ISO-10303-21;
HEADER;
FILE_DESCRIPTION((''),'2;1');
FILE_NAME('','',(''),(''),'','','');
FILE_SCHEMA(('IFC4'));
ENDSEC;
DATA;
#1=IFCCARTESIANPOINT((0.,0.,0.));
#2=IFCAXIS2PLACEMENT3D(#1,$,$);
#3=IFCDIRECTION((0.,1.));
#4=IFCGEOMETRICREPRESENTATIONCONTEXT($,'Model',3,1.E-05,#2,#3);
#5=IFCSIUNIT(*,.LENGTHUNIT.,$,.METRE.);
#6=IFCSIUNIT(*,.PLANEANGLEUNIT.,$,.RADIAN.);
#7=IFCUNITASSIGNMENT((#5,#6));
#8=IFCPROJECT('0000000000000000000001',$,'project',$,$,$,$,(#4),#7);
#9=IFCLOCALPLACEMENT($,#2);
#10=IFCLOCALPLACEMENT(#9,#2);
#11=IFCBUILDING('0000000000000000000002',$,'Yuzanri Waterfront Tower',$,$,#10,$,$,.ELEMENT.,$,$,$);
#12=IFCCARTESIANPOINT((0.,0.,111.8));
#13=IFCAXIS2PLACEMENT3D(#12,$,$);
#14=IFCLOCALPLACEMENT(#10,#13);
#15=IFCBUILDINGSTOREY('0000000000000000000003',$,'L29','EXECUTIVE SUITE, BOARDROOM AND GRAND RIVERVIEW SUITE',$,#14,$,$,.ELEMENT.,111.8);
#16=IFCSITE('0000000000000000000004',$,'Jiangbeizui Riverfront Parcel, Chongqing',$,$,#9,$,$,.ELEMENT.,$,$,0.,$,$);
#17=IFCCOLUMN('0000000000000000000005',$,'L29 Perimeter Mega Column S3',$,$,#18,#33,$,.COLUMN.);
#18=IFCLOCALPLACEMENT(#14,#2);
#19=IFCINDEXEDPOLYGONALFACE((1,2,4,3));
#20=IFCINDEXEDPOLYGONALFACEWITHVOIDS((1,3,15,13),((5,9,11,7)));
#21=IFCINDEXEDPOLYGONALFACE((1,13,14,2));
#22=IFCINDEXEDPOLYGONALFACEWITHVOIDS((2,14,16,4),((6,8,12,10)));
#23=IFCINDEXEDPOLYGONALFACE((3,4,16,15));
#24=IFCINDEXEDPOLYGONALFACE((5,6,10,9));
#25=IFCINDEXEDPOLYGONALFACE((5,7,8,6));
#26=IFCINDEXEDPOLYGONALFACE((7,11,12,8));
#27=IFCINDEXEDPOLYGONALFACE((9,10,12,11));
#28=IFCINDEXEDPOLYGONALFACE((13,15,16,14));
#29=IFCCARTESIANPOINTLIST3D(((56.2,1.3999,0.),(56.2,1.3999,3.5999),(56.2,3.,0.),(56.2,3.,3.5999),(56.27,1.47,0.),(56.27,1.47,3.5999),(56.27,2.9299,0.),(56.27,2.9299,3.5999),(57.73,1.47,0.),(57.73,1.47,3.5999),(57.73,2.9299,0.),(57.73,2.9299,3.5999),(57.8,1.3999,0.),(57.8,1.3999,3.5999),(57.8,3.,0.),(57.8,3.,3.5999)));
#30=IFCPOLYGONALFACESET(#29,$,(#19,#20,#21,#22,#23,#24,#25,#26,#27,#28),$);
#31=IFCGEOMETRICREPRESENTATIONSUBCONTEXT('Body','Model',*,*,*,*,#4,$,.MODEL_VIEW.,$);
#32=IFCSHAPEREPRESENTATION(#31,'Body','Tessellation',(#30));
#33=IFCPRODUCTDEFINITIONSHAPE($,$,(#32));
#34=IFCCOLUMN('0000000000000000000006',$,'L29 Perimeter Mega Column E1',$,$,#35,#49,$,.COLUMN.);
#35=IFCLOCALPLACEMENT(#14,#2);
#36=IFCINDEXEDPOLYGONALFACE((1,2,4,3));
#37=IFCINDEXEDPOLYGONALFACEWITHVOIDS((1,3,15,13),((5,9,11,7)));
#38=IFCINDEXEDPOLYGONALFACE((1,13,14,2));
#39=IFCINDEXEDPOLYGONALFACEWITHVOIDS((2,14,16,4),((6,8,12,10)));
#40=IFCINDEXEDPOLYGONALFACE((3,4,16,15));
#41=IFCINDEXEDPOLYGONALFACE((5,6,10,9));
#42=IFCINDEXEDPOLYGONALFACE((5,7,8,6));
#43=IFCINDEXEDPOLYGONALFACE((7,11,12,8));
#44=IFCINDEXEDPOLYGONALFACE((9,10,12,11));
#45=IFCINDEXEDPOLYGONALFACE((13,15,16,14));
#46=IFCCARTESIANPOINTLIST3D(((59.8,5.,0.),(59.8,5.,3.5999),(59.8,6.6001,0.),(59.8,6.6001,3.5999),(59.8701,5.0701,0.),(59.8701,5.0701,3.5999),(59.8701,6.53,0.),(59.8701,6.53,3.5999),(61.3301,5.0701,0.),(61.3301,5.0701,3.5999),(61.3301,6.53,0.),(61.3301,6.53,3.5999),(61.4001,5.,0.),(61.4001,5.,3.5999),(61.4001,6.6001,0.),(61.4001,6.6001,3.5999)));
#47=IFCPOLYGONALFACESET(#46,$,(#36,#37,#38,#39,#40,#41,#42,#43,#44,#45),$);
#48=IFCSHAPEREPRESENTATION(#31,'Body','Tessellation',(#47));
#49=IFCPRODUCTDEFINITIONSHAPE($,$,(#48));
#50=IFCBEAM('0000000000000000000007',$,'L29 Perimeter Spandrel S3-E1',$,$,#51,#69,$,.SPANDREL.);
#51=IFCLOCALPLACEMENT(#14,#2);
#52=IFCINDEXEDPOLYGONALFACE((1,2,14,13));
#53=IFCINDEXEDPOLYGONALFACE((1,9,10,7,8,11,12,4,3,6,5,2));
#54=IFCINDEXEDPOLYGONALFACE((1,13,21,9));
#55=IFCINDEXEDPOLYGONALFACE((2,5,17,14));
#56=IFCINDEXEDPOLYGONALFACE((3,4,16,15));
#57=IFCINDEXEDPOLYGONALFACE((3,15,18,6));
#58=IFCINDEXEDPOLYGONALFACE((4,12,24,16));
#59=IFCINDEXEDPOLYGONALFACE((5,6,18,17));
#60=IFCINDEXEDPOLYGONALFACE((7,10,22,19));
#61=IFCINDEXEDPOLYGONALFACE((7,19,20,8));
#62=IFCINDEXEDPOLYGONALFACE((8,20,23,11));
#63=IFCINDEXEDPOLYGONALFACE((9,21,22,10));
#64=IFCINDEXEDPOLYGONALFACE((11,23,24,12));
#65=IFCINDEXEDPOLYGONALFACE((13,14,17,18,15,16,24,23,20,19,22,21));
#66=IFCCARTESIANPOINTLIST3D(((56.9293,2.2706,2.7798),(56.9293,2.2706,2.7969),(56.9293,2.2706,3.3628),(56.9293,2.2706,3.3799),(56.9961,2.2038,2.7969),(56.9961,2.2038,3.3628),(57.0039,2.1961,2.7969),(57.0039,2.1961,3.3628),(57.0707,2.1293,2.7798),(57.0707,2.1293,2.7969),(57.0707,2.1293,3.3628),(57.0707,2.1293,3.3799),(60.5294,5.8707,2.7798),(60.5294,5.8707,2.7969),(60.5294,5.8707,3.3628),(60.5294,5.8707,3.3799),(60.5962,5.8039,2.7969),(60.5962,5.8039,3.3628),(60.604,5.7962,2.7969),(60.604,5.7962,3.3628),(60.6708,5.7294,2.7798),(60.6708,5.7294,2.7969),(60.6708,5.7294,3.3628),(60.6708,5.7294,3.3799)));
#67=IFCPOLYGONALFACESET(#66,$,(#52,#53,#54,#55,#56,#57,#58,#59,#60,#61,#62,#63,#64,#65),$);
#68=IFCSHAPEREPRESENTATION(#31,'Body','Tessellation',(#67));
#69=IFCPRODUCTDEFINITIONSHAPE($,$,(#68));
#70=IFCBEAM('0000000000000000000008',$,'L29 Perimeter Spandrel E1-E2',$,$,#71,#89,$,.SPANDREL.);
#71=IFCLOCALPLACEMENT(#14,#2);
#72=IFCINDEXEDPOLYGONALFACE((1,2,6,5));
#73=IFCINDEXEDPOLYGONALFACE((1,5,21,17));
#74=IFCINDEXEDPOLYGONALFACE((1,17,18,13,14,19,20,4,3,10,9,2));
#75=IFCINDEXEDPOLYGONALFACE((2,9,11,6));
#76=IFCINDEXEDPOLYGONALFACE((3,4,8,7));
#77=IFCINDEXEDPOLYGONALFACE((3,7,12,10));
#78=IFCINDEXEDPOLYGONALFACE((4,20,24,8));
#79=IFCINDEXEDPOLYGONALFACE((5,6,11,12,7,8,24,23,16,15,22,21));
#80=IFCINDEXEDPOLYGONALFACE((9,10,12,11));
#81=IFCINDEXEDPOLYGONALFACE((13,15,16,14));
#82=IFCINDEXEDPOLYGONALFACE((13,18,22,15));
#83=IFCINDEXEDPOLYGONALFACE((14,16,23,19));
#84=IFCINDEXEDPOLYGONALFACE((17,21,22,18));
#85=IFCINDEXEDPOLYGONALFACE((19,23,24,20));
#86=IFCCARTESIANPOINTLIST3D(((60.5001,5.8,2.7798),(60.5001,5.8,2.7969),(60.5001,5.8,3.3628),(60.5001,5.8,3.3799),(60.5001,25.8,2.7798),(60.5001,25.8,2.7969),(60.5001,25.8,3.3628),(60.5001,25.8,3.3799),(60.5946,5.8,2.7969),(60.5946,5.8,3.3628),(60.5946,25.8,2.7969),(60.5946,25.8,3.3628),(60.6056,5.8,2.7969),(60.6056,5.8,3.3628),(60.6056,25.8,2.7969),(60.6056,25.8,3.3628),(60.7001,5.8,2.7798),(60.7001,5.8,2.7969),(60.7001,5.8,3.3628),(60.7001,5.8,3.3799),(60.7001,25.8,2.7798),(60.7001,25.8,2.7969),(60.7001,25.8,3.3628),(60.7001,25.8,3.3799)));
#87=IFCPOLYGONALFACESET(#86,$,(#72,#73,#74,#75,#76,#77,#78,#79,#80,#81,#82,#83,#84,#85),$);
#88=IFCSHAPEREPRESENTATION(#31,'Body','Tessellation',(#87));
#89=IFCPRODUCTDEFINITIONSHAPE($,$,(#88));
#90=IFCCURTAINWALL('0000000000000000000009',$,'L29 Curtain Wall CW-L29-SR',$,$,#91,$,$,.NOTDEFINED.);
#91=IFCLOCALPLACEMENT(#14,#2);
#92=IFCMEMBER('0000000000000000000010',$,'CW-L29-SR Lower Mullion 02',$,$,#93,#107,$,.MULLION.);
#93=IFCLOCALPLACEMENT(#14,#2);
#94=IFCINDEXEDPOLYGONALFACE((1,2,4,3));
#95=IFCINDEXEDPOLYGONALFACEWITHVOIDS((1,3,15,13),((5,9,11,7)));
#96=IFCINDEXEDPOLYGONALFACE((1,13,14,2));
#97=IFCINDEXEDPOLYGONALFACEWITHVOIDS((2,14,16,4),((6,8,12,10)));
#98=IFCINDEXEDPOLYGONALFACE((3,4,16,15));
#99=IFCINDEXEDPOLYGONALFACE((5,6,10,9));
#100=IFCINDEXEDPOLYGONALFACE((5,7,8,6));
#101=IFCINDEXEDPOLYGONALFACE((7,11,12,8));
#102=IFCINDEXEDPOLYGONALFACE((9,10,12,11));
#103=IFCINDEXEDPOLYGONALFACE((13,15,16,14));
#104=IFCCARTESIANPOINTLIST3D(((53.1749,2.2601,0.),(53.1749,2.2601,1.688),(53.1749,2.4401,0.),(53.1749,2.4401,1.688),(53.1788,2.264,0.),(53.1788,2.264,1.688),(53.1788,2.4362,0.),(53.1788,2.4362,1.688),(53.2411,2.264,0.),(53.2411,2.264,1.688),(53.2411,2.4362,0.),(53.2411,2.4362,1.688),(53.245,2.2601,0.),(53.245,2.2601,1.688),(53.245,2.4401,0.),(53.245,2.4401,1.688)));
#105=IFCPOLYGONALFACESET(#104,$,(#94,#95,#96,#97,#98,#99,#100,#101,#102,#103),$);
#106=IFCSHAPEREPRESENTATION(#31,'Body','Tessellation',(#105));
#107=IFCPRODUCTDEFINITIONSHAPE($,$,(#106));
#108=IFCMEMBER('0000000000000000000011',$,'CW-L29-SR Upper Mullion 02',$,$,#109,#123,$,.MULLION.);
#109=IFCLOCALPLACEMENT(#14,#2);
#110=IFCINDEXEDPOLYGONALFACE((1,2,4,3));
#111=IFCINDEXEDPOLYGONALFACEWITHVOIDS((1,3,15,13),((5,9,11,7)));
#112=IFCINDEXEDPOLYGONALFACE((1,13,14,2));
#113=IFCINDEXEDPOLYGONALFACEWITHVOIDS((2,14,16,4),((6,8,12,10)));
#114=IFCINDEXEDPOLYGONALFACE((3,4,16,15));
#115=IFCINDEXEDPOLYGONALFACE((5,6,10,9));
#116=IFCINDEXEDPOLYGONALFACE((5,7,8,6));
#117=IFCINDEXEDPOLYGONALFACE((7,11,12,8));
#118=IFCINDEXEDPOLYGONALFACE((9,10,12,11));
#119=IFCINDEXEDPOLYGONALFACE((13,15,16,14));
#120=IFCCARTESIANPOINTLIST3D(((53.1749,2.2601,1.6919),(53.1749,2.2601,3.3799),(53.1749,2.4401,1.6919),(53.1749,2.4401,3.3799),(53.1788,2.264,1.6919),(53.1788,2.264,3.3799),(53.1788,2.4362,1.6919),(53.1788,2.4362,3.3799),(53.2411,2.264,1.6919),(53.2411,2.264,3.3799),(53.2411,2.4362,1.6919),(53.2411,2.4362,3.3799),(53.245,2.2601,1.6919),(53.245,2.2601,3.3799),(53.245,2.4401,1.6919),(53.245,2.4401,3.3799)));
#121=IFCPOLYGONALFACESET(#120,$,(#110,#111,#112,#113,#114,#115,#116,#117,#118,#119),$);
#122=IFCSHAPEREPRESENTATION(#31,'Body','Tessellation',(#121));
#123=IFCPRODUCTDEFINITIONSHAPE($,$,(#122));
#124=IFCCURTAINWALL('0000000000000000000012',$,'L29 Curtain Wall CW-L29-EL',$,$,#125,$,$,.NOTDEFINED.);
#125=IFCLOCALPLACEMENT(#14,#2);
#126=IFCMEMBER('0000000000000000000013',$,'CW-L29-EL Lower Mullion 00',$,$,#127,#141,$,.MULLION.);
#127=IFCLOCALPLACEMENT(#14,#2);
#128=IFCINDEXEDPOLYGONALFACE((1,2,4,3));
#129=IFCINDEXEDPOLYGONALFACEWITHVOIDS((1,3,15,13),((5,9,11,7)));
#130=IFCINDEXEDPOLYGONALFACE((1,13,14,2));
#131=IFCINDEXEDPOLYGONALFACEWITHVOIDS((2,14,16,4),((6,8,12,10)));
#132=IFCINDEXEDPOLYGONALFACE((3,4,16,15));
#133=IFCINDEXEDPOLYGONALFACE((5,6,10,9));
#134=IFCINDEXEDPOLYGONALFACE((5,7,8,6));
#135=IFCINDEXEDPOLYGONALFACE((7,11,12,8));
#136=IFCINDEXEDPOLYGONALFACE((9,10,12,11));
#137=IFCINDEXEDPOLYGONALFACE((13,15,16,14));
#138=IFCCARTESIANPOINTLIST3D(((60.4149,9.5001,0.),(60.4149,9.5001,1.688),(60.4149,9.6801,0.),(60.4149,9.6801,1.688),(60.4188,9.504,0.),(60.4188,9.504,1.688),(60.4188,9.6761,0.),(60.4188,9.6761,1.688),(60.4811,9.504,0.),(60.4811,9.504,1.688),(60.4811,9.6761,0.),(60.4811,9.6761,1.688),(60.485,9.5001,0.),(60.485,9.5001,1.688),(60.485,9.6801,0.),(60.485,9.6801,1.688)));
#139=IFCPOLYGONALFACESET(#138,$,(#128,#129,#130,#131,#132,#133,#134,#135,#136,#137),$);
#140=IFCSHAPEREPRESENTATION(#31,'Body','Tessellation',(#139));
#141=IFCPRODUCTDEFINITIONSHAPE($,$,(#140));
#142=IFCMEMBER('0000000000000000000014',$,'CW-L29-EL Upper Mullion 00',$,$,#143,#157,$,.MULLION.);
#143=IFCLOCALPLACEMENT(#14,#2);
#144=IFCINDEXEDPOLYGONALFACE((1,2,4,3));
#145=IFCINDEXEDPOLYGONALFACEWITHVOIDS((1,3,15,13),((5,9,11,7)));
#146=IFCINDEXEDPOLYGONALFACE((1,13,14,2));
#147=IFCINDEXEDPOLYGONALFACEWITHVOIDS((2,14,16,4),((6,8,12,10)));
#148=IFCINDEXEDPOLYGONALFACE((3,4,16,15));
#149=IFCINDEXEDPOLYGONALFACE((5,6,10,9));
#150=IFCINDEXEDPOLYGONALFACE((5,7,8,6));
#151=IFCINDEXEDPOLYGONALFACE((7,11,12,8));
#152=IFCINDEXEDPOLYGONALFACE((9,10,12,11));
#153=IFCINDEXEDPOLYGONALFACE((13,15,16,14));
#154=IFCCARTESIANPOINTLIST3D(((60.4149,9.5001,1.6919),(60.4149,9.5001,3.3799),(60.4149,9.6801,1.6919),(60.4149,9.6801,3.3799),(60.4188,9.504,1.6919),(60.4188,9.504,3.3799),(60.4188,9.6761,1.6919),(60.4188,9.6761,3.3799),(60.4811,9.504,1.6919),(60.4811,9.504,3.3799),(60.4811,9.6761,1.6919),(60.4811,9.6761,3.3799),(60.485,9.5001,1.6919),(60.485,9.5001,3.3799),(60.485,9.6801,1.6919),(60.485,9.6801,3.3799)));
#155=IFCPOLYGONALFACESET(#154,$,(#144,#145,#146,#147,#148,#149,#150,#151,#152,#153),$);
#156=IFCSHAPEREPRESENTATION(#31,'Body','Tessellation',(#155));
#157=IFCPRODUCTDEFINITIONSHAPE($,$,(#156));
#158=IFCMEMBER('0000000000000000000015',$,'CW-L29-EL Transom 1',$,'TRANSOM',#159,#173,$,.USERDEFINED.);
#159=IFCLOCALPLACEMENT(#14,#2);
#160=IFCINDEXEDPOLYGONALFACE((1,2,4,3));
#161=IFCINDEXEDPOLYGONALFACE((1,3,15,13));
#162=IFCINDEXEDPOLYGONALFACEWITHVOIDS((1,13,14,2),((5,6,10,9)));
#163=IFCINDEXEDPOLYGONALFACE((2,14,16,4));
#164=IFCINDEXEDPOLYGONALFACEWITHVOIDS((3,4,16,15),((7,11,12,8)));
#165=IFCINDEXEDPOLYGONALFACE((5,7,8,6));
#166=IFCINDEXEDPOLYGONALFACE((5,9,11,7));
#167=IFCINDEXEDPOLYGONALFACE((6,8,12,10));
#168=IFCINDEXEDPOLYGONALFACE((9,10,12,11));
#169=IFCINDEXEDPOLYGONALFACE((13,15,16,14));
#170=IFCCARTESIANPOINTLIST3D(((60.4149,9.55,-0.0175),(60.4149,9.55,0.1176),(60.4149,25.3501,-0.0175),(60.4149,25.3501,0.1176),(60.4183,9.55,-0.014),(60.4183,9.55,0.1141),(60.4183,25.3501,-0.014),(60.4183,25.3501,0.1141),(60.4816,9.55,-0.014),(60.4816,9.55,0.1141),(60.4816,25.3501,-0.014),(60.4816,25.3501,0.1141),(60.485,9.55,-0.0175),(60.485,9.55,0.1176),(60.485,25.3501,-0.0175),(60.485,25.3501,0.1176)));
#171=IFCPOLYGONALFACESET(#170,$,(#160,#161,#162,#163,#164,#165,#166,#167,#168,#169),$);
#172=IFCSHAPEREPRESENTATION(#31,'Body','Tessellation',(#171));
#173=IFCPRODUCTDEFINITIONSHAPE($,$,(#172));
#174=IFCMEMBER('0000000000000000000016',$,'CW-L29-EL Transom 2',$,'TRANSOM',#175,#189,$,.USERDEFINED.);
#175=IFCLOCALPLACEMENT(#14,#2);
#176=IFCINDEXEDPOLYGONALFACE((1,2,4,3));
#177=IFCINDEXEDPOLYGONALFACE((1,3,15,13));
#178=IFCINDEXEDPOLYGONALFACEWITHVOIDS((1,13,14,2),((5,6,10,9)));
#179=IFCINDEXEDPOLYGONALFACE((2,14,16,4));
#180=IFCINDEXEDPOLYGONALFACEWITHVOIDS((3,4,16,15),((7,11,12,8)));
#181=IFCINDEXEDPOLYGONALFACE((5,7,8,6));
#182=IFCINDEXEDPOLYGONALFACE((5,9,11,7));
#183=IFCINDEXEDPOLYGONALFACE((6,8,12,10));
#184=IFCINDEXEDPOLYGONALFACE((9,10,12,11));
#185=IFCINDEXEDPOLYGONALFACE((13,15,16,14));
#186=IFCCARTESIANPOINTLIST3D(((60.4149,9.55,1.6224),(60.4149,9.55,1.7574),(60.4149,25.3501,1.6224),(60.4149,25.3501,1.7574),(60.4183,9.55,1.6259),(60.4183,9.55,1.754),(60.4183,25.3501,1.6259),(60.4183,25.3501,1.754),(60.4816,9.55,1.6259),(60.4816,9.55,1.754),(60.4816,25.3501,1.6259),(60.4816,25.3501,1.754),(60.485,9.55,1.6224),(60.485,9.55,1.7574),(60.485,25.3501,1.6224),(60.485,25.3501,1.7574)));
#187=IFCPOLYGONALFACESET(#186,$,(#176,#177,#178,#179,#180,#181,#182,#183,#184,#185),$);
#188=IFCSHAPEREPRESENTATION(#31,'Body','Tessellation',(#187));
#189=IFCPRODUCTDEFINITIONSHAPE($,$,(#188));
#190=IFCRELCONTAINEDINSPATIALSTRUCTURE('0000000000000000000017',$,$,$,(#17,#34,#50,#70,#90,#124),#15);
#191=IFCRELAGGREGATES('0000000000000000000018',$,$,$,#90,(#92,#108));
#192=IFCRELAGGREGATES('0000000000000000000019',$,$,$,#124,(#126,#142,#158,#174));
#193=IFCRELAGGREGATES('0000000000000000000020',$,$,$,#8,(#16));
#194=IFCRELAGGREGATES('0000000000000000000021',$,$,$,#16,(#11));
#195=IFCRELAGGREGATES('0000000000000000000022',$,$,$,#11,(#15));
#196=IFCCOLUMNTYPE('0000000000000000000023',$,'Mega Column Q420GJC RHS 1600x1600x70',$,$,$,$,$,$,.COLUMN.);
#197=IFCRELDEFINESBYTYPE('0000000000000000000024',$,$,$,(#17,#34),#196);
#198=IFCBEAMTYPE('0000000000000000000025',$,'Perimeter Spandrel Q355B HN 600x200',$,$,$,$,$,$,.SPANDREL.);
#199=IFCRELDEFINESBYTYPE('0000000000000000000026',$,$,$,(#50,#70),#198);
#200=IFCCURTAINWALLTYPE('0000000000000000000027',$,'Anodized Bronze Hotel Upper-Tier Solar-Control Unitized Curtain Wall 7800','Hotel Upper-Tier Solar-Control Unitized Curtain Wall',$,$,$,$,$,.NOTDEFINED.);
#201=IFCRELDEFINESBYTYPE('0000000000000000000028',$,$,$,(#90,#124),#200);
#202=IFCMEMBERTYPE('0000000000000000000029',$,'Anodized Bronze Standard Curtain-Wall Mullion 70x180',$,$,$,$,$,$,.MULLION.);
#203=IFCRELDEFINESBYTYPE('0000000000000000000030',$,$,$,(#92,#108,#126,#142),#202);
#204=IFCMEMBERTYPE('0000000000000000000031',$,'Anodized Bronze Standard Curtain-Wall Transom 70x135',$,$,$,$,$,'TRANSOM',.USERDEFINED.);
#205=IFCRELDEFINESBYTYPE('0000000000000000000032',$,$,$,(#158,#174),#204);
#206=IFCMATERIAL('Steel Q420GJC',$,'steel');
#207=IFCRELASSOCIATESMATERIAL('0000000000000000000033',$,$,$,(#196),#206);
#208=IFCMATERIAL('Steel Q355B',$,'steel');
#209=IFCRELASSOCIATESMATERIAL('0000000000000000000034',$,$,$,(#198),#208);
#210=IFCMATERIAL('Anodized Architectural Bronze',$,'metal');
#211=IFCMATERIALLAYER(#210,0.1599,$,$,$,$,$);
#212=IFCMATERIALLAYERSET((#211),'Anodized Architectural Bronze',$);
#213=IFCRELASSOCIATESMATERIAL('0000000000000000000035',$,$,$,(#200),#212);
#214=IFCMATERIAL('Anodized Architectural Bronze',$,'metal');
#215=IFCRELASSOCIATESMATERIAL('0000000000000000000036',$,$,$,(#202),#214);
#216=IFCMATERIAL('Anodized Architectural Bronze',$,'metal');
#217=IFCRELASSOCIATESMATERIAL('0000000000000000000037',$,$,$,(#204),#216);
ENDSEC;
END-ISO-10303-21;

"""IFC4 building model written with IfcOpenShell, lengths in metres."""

from ifc_helpers import new_model, si_unit, direction, frame, origin, origin_2d, place, context, subcontext, project, spatial, hollow_rectangle, i_section, extrude, source, transform, mapped, material, layer, layer_set, material_profile, profile_set, type_object, element, aggregate, save


model = new_model("IFC4")

# Units and contexts
model_context = context("Model", 3, precision=1e-05, world=origin(), true_north=direction((0.0, 1.0)))
body_context = subcontext(model_context, "Body", "Model", "MODEL_VIEW")
ifc_project = project(units=[si_unit("LENGTHUNIT", "METRE"), si_unit("PLANEANGLEUNIT", "RADIAN")], contexts=[model_context])

# Site, building, storey
site_placement = place(None, origin())
site = spatial("IfcSite", under=ifc_project, at=site_placement, Name="Jiangbeizui Riverfront Parcel, Chongqing", CompositionType="ELEMENT", RefElevation=0.0)
building_placement = place(site_placement, origin())
building = spatial("IfcBuilding", under=site, at=building_placement, Name="Yuzanri Waterfront Tower", CompositionType="ELEMENT")
storey_placement = place(building_placement, frame((0.0, 0.0, 111.8)))
storey = spatial("IfcBuildingStorey", under=building, at=storey_placement, Name="L29", Description="EXECUTIVE SUITE, BOARDROOM AND GRAND RIVERVIEW SUITE", CompositionType="ELEMENT", Elevation=111.8)

# Columns
ifc_material_1 = material(Name="Steel Q420GJC", Category="steel")
ifc_material_profile_1 = material_profile(ifc_material_1, hollow_rectangle(XDim=1.6001, YDim=1.6001, WallThickness=0.0701, at=origin_2d()), Name="RHS 1600x1600x70")
ifc_profile_set_1 = profile_set([ifc_material_profile_1], Name="Steel Q420GJC")
column_type = type_object("IfcColumnType", Name="Mega Column Q420GJC RHS 1600x1600x70", PredefinedType="COLUMN", material=ifc_profile_set_1)
shared_shape_1 = source(origin(), body_context, "Body", "SweptSolid", [
    extrude(hollow_rectangle(XDim=1.6001, YDim=1.6001, WallThickness=0.0701, at=origin_2d()), origin(), (0.0, 0.0, 1.0), 3.5999),
])
for number, where, z_axis, x_axis, name in (
    (1, (57.0, 2.2, 0.0), (0.0, 0.0, 1.0), (1.0, 0.0, 0.0), "L29 Perimeter Mega Column S3"),
    (2, (60.6001, 5.8, 0.0), (0.0, 0.0, 1.0), (1.0, 0.0, 0.0), "L29 Perimeter Mega Column E1"),
):
    element("IfcColumn", number, at=place(storey_placement, frame(where, z_axis=z_axis, x_axis=x_axis)), inside=storey, type_object=column_type, Name=name, PredefinedType="COLUMN", context=body_context, shape_type="MappedRepresentation", body=[
        mapped(shared_shape_1, transform((0.0, 0.0, 0.0), scale=1.0)),
    ])

# Beams
ifc_material_2 = material(Name="Steel Q355B", Category="steel")
ifc_material_profile_2 = material_profile(ifc_material_2, i_section(OverallWidth=0.2, OverallDepth=0.6001, WebThickness=0.011, FlangeThickness=0.0171, at=origin_2d()), Name="HN 600x200x11x17")
ifc_profile_set_2 = profile_set([ifc_material_profile_2], Name="Steel Q355B")
beam_type = type_object("IfcBeamType", Name="Perimeter Spandrel Q355B HN 600x200", PredefinedType="SPANDREL", material=ifc_profile_set_2)
shared_shape_2 = source(origin(), body_context, "Body", "SweptSolid", [
    extrude(i_section(OverallWidth=0.2, OverallDepth=0.6001, WebThickness=0.011, FlangeThickness=0.0171, at=origin_2d()), origin(), (0.0, 0.0, 1.0), 5.0913),
])
beam_1_placement = place(storey_placement, frame((57.0, 2.2, 3.0798), z_axis=(0.707107, 0.707107, 0.0), x_axis=(-0.707107, 0.707107, 0.0)))
element("IfcBeam", 3, at=beam_1_placement, inside=storey, type_object=beam_type, Name="L29 Perimeter Spandrel S3-E1", PredefinedType="SPANDREL", context=body_context, shape_type="MappedRepresentation", body=[
    mapped(shared_shape_2, transform((0.0, 0.0, 0.0), scale=1.0)),
])
shared_shape_3 = source(origin(), body_context, "Body", "SweptSolid", [
    extrude(i_section(OverallWidth=0.2, OverallDepth=0.6001, WebThickness=0.011, FlangeThickness=0.0171, at=origin_2d()), origin(), (0.0, 0.0, 1.0), 20.0),
])
beam_2_placement = place(storey_placement, frame((60.6001, 5.8, 3.0798), z_axis=(0.0, 1.0, 0.0), x_axis=(-1.0, 0.0, 0.0)))
element("IfcBeam", 4, at=beam_2_placement, inside=storey, type_object=beam_type, Name="L29 Perimeter Spandrel E1-E2", PredefinedType="SPANDREL", context=body_context, shape_type="MappedRepresentation", body=[
    mapped(shared_shape_3, transform((0.0, 0.0, 0.0), scale=1.0)),
])

# Curtain walls, members
ifc_material_3 = material(Name="Anodized Architectural Bronze", Category="metal")
ifc_layer_1 = layer(ifc_material_3, 0.1599)
ifc_layer_set_1 = layer_set([ifc_layer_1], Name="Anodized Architectural Bronze")
curtain_wall_type = type_object("IfcCurtainWallType", Name="Anodized Bronze Hotel Upper-Tier Solar-Control Unitized Curtain Wall 7800", Description="Hotel Upper-Tier Solar-Control Unitized Curtain Wall", PredefinedType="NOTDEFINED", material=ifc_layer_set_1)
curtain_wall_1_placement = place(storey_placement, origin())
curtain_wall_1 = element("IfcCurtainWall", 5, at=curtain_wall_1_placement, inside=storey, type_object=curtain_wall_type, Name="L29 Curtain Wall CW-L29-SR", PredefinedType="NOTDEFINED")
ifc_material_4 = material(Name="Anodized Architectural Bronze", Category="metal")
ifc_material_profile_3 = material_profile(ifc_material_4, hollow_rectangle(XDim=0.0701, YDim=0.1799, WallThickness=0.0039, at=origin_2d()), Name="CWM 70x180")
ifc_profile_set_3 = profile_set([ifc_material_profile_3], Name="Anodized Architectural Bronze")
member_type_1 = type_object("IfcMemberType", Name="Anodized Bronze Standard Curtain-Wall Mullion 70x180", PredefinedType="MULLION", material=ifc_profile_set_3)
shared_shape_4 = source(origin(), body_context, "Body", "SweptSolid", [
    extrude(hollow_rectangle(XDim=0.0701, YDim=0.1799, WallThickness=0.0039, at=origin_2d()), origin(), (0.0, 0.0, 1.0), 1.688),
])
member_1_placement = place(storey_placement, frame((53.21, 2.3501, 0.0), z_axis=(0.0, 0.0, 1.0), x_axis=(1.0, 0.0, 0.0)))
member_1 = element("IfcMember", 6, at=member_1_placement, type_object=member_type_1, Name="CW-L29-SR Lower Mullion 02", PredefinedType="MULLION", context=body_context, shape_type="MappedRepresentation", body=[
    mapped(shared_shape_4, transform((0.0, 0.0, 0.0), scale=1.0)),
])
member_2_placement = place(storey_placement, frame((53.21, 2.3501, 1.6919), z_axis=(0.0, 0.0, 1.0), x_axis=(1.0, 0.0, 0.0)))
member_2 = element("IfcMember", 7, at=member_2_placement, type_object=member_type_1, Name="CW-L29-SR Upper Mullion 02", PredefinedType="MULLION", context=body_context, shape_type="MappedRepresentation", body=[
    mapped(shared_shape_4, transform((0.0, 0.0, 0.0), scale=1.0)),
])
aggregate(curtain_wall_1, [member_1, member_2])
curtain_wall_2_placement = place(storey_placement, origin())
curtain_wall_2 = element("IfcCurtainWall", 8, at=curtain_wall_2_placement, inside=storey, type_object=curtain_wall_type, Name="L29 Curtain Wall CW-L29-EL", PredefinedType="NOTDEFINED")
member_3_placement = place(storey_placement, frame((60.45, 9.5901, 0.0), z_axis=(0.0, 0.0, 1.0), x_axis=(1.0, 0.0, 0.0)))
member_3 = element("IfcMember", 9, at=member_3_placement, type_object=member_type_1, Name="CW-L29-EL Lower Mullion 00", PredefinedType="MULLION", context=body_context, shape_type="MappedRepresentation", body=[
    mapped(shared_shape_4, transform((0.0, 0.0, 0.0), scale=1.0)),
])
member_4_placement = place(storey_placement, frame((60.45, 9.5901, 1.6919), z_axis=(0.0, 0.0, 1.0), x_axis=(1.0, 0.0, 0.0)))
member_4 = element("IfcMember", 10, at=member_4_placement, type_object=member_type_1, Name="CW-L29-EL Upper Mullion 00", PredefinedType="MULLION", context=body_context, shape_type="MappedRepresentation", body=[
    mapped(shared_shape_4, transform((0.0, 0.0, 0.0), scale=1.0)),
])
ifc_material_5 = material(Name="Anodized Architectural Bronze", Category="metal")
ifc_material_profile_4 = material_profile(ifc_material_5, hollow_rectangle(XDim=0.0701, YDim=0.135, WallThickness=0.0034, at=origin_2d()), Name="CWT 70x135")
ifc_profile_set_4 = profile_set([ifc_material_profile_4], Name="Anodized Architectural Bronze")
member_type_2 = type_object("IfcMemberType", Name="Anodized Bronze Standard Curtain-Wall Transom 70x135", ElementType="TRANSOM", PredefinedType="USERDEFINED", material=ifc_profile_set_4)
shared_shape_5 = source(origin(), body_context, "Body", "SweptSolid", [
    extrude(hollow_rectangle(XDim=0.0701, YDim=0.135, WallThickness=0.0034, at=origin_2d()), origin(), (0.0, 0.0, 1.0), 15.8),
])
member_5_placement = place(storey_placement, frame((60.45, 9.55, 0.05), z_axis=(0.0, 1.0, 0.0), x_axis=(-1.0, 0.0, 0.0)))
member_5 = element("IfcMember", 11, at=member_5_placement, type_object=member_type_2, Name="CW-L29-EL Transom 1", ObjectType="TRANSOM", PredefinedType="USERDEFINED", context=body_context, shape_type="MappedRepresentation", body=[
    mapped(shared_shape_5, transform((0.0, 0.0, 0.0), scale=1.0)),
])
member_6_placement = place(storey_placement, frame((60.45, 9.55, 1.6899), z_axis=(0.0, 1.0, 0.0), x_axis=(-1.0, 0.0, 0.0)))
member_6 = element("IfcMember", 12, at=member_6_placement, type_object=member_type_2, Name="CW-L29-EL Transom 2", ObjectType="TRANSOM", PredefinedType="USERDEFINED", context=body_context, shape_type="MappedRepresentation", body=[
    mapped(shared_shape_5, transform((0.0, 0.0, 0.0), scale=1.0)),
])
aggregate(curtain_wall_2, [member_3, member_4, member_5, member_6])

save(model, "model.ifc")
